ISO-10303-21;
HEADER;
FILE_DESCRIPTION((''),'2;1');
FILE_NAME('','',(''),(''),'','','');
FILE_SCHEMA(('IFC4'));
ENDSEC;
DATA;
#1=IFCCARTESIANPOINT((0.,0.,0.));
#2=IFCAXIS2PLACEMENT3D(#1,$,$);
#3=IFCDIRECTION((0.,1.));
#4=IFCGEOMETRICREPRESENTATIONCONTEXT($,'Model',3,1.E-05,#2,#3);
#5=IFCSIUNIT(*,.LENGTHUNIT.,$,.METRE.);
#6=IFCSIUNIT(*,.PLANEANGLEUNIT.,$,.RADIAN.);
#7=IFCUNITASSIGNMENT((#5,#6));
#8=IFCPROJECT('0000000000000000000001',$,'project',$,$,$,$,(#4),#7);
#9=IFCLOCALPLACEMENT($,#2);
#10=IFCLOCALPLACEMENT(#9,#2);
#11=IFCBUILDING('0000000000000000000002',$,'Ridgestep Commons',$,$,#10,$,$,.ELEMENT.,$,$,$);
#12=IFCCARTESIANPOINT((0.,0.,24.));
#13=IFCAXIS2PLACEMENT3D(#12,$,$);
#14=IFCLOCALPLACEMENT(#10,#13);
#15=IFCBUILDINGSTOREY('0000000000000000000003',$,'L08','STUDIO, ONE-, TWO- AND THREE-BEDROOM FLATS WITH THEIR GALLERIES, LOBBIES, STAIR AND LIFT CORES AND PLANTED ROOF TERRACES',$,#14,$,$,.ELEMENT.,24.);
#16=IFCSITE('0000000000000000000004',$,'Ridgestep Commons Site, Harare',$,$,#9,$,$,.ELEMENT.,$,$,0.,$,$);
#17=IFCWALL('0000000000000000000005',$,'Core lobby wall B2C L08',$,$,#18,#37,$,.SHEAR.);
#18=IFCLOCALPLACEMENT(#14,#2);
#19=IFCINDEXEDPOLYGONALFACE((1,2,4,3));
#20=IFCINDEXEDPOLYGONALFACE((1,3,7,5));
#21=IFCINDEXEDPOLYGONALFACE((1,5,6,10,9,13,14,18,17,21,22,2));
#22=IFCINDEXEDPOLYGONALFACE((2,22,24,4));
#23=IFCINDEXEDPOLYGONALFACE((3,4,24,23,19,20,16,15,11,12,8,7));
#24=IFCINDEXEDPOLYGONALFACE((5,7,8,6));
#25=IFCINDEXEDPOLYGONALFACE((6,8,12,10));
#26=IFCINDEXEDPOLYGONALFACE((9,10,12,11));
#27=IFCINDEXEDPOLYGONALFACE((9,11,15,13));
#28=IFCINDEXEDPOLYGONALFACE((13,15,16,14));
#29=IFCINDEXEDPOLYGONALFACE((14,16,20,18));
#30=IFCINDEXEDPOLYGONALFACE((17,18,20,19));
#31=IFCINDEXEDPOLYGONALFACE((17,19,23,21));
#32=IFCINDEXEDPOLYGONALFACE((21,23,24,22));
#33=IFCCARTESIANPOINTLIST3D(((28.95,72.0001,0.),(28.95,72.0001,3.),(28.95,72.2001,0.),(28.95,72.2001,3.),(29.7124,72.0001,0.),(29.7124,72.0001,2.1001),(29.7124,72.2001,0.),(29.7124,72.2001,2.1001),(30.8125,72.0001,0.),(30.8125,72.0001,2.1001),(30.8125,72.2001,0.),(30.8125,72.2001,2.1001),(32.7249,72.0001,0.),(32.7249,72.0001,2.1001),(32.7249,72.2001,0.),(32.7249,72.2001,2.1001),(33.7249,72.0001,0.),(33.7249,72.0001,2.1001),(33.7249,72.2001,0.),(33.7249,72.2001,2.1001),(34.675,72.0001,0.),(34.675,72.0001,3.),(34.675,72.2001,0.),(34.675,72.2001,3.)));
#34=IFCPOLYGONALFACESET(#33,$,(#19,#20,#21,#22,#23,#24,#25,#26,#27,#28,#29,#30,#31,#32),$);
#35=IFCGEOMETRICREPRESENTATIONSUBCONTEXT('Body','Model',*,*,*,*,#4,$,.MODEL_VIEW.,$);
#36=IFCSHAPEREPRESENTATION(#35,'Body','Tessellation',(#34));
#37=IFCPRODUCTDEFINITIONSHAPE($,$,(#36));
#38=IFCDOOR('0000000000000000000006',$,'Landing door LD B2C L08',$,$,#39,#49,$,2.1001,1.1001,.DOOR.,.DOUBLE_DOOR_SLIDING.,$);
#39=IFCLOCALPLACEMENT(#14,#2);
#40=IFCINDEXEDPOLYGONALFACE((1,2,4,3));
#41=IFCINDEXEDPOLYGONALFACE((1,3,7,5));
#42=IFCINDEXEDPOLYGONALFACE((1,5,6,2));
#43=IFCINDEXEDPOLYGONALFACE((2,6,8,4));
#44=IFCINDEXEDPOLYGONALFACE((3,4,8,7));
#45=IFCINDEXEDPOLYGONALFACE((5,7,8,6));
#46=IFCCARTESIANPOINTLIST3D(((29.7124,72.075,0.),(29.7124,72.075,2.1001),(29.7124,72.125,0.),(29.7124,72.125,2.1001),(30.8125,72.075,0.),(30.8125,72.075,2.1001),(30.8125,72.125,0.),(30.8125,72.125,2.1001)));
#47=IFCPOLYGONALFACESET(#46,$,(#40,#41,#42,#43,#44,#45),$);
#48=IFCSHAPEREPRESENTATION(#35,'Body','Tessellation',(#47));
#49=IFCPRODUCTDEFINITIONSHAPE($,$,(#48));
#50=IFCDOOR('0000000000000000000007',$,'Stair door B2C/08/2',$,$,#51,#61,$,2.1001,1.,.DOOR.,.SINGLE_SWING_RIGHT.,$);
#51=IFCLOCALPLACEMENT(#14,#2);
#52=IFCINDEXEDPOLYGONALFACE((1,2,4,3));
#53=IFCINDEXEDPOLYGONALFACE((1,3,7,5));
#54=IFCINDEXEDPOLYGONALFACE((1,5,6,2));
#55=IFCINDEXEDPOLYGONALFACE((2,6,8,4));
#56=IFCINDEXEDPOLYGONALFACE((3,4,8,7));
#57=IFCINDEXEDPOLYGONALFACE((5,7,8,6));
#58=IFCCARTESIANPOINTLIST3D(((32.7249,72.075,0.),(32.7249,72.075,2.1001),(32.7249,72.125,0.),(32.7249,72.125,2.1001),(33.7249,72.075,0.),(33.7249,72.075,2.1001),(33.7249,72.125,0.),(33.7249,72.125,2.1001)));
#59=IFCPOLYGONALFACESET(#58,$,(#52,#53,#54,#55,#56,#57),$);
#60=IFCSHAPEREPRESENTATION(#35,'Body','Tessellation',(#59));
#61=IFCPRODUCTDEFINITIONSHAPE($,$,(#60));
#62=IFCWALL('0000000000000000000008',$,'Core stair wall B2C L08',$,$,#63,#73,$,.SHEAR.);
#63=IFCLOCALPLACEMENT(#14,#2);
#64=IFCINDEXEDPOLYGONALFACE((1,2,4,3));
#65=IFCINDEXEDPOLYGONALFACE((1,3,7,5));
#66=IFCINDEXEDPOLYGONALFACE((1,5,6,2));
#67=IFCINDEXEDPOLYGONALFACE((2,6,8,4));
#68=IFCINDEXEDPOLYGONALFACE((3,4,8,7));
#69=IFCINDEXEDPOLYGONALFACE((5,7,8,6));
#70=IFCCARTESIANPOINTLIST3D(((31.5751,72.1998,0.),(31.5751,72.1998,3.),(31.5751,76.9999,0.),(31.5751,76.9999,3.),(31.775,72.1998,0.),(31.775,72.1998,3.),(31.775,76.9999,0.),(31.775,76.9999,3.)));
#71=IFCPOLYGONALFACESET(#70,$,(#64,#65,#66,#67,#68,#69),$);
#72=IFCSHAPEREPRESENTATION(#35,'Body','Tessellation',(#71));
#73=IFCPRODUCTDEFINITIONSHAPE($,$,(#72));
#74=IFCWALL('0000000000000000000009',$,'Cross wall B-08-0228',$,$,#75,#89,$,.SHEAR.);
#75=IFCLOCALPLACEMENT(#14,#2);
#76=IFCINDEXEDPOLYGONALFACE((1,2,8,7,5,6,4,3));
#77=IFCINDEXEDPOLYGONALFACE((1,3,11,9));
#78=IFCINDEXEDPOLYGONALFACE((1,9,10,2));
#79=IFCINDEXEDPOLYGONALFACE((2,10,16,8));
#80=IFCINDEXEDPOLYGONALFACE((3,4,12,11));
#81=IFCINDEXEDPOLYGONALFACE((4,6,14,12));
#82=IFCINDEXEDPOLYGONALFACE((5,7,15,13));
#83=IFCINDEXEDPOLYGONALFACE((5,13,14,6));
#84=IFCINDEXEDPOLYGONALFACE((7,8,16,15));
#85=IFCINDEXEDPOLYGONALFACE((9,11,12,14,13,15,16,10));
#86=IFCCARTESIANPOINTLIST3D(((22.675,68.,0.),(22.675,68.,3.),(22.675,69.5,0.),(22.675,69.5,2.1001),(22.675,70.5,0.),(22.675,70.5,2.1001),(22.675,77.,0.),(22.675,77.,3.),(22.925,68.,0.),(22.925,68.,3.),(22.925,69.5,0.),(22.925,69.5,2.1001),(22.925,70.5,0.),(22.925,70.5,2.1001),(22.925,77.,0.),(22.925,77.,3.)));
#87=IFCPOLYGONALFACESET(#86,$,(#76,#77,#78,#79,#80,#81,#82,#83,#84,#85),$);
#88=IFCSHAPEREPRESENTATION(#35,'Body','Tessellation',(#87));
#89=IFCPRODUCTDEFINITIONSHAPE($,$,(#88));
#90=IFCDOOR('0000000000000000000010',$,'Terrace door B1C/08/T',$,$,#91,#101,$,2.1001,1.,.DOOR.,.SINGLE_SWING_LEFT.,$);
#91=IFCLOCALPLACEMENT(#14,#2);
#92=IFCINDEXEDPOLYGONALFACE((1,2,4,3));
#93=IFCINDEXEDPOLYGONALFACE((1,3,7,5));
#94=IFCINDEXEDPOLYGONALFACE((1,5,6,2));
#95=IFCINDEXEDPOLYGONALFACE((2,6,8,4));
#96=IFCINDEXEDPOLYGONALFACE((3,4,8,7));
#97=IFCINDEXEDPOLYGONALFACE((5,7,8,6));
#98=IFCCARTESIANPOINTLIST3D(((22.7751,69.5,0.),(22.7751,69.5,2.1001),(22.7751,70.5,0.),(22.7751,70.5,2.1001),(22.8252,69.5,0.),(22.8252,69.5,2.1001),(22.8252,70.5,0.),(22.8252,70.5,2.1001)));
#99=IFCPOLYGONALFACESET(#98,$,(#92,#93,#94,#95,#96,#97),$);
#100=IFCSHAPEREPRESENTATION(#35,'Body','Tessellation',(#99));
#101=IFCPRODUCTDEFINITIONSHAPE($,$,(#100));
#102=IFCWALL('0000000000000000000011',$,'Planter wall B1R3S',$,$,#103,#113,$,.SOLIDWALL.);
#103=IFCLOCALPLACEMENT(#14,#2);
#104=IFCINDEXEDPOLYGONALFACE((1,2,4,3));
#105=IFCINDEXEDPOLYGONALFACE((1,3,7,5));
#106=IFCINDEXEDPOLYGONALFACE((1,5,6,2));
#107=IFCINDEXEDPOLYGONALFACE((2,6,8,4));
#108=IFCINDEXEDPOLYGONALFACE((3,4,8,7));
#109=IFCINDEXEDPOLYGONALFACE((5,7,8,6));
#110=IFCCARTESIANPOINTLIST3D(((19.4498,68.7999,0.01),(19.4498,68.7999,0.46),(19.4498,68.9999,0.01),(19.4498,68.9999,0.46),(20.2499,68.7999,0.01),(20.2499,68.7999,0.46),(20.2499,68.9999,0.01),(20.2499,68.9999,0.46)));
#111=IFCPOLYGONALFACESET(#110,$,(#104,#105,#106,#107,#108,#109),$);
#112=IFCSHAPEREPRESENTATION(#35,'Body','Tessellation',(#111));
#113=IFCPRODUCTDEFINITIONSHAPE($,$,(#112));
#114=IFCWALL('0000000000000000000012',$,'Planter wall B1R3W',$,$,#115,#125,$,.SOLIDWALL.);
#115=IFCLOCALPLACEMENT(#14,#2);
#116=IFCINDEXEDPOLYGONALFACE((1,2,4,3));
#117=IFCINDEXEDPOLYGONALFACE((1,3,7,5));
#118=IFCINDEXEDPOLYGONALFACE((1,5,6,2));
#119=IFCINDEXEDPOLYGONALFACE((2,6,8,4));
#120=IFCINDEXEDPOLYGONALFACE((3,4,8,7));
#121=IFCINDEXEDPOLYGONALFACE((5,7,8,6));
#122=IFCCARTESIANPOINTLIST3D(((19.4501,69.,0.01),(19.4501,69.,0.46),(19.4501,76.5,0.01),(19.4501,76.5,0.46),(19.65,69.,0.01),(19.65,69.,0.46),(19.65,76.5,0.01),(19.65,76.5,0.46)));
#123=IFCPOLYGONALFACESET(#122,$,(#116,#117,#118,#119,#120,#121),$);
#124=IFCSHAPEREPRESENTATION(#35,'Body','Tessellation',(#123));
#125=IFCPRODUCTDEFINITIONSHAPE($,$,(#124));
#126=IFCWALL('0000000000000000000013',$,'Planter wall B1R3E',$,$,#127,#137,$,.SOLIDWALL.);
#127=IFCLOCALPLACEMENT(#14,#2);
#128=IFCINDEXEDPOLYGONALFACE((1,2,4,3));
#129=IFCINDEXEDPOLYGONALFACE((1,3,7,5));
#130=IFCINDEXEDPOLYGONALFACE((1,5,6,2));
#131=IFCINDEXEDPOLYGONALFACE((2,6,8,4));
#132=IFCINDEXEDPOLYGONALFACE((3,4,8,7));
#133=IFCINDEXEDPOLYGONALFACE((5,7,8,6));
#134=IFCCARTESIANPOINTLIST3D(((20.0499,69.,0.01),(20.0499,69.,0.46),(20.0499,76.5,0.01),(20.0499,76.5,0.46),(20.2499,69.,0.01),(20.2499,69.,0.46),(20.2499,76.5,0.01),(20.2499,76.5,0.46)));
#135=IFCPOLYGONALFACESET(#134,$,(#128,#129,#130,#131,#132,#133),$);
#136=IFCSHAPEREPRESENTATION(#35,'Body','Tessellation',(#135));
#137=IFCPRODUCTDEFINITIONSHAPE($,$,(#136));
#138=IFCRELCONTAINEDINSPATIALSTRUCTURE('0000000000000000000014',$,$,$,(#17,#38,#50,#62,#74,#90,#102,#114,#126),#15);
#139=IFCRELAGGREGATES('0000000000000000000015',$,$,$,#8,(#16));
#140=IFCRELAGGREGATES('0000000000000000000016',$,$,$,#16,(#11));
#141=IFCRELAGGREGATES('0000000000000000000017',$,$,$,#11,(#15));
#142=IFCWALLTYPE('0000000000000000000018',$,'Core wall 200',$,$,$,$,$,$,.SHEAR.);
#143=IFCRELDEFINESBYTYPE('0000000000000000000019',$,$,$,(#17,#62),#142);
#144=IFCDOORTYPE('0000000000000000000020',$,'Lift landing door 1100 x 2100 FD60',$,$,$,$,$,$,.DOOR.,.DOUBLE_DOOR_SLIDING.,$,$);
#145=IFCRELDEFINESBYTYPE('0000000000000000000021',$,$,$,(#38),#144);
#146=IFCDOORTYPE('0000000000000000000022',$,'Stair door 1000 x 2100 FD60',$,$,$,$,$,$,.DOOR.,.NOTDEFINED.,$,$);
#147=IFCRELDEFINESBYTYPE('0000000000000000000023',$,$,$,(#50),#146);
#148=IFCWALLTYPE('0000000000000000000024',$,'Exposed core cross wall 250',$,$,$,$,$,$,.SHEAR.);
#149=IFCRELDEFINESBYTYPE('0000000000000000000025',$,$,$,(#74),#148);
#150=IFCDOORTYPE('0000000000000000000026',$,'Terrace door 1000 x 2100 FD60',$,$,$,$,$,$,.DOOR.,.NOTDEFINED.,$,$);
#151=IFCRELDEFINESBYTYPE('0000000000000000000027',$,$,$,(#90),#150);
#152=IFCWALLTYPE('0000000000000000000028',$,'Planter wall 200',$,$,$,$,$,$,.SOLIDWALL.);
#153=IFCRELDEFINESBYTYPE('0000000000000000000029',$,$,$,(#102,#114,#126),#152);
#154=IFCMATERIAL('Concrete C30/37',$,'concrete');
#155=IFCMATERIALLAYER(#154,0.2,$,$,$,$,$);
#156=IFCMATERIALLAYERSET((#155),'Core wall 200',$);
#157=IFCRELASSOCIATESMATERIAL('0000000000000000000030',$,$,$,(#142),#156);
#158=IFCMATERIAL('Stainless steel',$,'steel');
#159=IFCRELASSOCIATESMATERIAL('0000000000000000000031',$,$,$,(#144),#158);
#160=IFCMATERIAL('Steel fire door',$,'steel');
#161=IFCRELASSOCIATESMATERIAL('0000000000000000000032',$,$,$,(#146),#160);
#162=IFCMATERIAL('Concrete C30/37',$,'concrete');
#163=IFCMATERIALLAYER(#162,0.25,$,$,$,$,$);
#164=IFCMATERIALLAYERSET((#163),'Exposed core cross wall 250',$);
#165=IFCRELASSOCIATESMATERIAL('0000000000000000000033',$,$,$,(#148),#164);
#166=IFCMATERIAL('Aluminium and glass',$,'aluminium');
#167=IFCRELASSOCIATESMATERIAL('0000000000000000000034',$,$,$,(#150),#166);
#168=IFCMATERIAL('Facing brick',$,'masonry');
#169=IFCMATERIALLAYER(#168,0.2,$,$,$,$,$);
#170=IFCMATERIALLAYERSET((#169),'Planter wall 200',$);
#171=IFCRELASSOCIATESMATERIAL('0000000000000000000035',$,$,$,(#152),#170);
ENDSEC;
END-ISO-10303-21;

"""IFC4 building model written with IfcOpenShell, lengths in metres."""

from ifc_helpers import new_model, si_unit, direction, frame, frame_2d, origin, place, context, subcontext, project, spatial, rectangle, extrude, material, layer, layer_set, type_object, element, fill, save


model = new_model("IFC4")

# Units and contexts
model_context = context("Model", 3, precision=1e-05, world=origin(), true_north=direction((0.0, 1.0)))
body_context = subcontext(model_context, "Body", "Model", "MODEL_VIEW")
ifc_project = project(units=[si_unit("LENGTHUNIT", "METRE"), si_unit("PLANEANGLEUNIT", "RADIAN")], contexts=[model_context])

# Site, building, storey
site_placement = place(None, origin())
site = spatial("IfcSite", under=ifc_project, at=site_placement, Name="Ridgestep Commons Site, Harare", CompositionType="ELEMENT", RefElevation=0.0)
building_placement = place(site_placement, origin())
building = spatial("IfcBuilding", under=site, at=building_placement, Name="Ridgestep Commons", CompositionType="ELEMENT")
storey_placement = place(building_placement, frame((0.0, 0.0, 24.0)))
storey = spatial("IfcBuildingStorey", under=building, at=storey_placement, Name="L08", Description="STUDIO, ONE-, TWO- AND THREE-BEDROOM FLATS WITH THEIR GALLERIES, LOBBIES, STAIR AND LIFT CORES AND PLANTED ROOF TERRACES", CompositionType="ELEMENT", Elevation=24.0)

# Shared definitions
ifc_material_1 = material(Name="Concrete C30/37", Category="concrete")
ifc_layer_1 = layer(ifc_material_1, 0.2)
ifc_layer_set_1 = layer_set([ifc_layer_1], Name="Core wall 200")
wall_type_1 = type_object("IfcWallType", Name="Core wall 200", PredefinedType="SHEAR", material=ifc_layer_set_1)
ifc_material_2 = material(Name="Stainless steel", Category="steel")
door_type_1 = type_object("IfcDoorType", Name="Lift landing door 1100 x 2100 FD60", OperationType="DOUBLE_DOOR_SLIDING", PredefinedType="DOOR", material=ifc_material_2)
ifc_material_3 = material(Name="Steel fire door", Category="steel")
door_type_2 = type_object("IfcDoorType", Name="Stair door 1000 x 2100 FD60", OperationType="NOTDEFINED", PredefinedType="DOOR", material=ifc_material_3)

# Wall, openings, doors
wall_1_placement = place(storey_placement, frame((28.95, 72.1001, 0.0), z_axis=(0.0, 0.0, 1.0), x_axis=(1.0, 0.0, 0.0)))
wall_1 = element("IfcWall", 1, at=wall_1_placement, inside=storey, type_object=wall_type_1, Name="Core lobby wall B2C L08", PredefinedType="SHEAR", context=body_context, shape_type="SweptSolid", body=[
    extrude(rectangle(XDim=5.7251, YDim=0.2, at=frame_2d((2.8625, 0.0))), origin(), (0.0, 0.0, 1.0), 3.0),
])
opening_1_placement = place(wall_1_placement, frame((3.7749, 0.0, 0.0)))
opening_1 = element("IfcOpeningElement", 2, at=opening_1_placement, cuts=wall_1, PredefinedType="OPENING", context=body_context, shape_type="SweptSolid", body=[
    extrude(rectangle(XDim=1.0, YDim=2.1001, at=frame_2d((0.5, 1.05))), frame((0.0, 0.1099, 0.0), z_axis=(0.0, -1.0, 0.0), x_axis=(1.0, 0.0, 0.0)), (0.0, 0.0, 1.0), 0.22),
])
opening_2_placement = place(wall_1_placement, frame((0.7625, 0.0, 0.0)))
opening_2 = element("IfcOpeningElement", 3, at=opening_2_placement, cuts=wall_1, PredefinedType="OPENING", context=body_context, shape_type="SweptSolid", body=[
    extrude(rectangle(XDim=1.1001, YDim=2.1001, at=frame_2d((0.55, 1.05))), frame((0.0, 0.1099, 0.0), z_axis=(0.0, -1.0, 0.0), x_axis=(1.0, 0.0, 0.0)), (0.0, 0.0, 1.0), 0.22),
])
door_1_placement = place(opening_2_placement, origin())
door_1 = element("IfcDoor", 4, at=door_1_placement, inside=storey, type_object=door_type_1, Name="Landing door LD B2C L08", OperationType="DOUBLE_DOOR_SLIDING", OverallHeight=2.1001, OverallWidth=1.1001, PredefinedType="DOOR", context=body_context, shape_type="SweptSolid", body=[
    extrude(rectangle(XDim=1.1001, YDim=2.1001, at=frame_2d((0.55, 1.05))), frame((0.0, 0.0249, 0.0), z_axis=(0.0, -1.0, 0.0), x_axis=(1.0, 0.0, 0.0)), (0.0, 0.0, 1.0), 0.05),
])
fill(opening_2, door_1)
door_2_placement = place(opening_1_placement, origin())
door_2 = element("IfcDoor", 5, at=door_2_placement, inside=storey, type_object=door_type_2, Name="Stair door B2C/08/2", OperationType="SINGLE_SWING_RIGHT", OverallHeight=2.1001, OverallWidth=1.0, PredefinedType="DOOR", context=body_context, shape_type="SweptSolid", body=[
    extrude(rectangle(XDim=1.0, YDim=2.1001, at=frame_2d((0.5, 1.05))), frame((0.0, 0.0249, 0.0), z_axis=(0.0, -1.0, 0.0), x_axis=(1.0, 0.0, 0.0)), (0.0, 0.0, 1.0), 0.05),
])
fill(opening_1, door_2)

# Wall
wall_2_placement = place(storey_placement, frame((31.675, 72.2, 0.0), z_axis=(0.0, 0.0, 1.0), x_axis=(0.0, 1.0, 0.0)))
element("IfcWall", 6, at=wall_2_placement, inside=storey, type_object=wall_type_1, Name="Core stair wall B2C L08", PredefinedType="SHEAR", context=body_context, shape_type="SweptSolid", body=[
    extrude(rectangle(XDim=4.8, YDim=0.2, at=frame_2d((2.3999, 0.0))), origin(), (0.0, 0.0, 1.0), 3.0),
])

# Wall, opening, door
ifc_material_4 = material(Name="Concrete C30/37", Category="concrete")
ifc_layer_2 = layer(ifc_material_4, 0.25)
ifc_layer_set_2 = layer_set([ifc_layer_2], Name="Exposed core cross wall 250")
wall_type_2 = type_object("IfcWallType", Name="Exposed core cross wall 250", PredefinedType="SHEAR", material=ifc_layer_set_2)
wall_3_placement = place(storey_placement, frame((22.8, 68.0, 0.0), z_axis=(0.0, 0.0, 1.0), x_axis=(0.0, 1.0, 0.0)))
wall_3 = element("IfcWall", 7, at=wall_3_placement, inside=storey, type_object=wall_type_2, Name="Cross wall B-08-0228", PredefinedType="SHEAR", context=body_context, shape_type="SweptSolid", body=[
    extrude(rectangle(XDim=9.0, YDim=0.25, at=frame_2d((4.5, 0.0))), origin(), (0.0, 0.0, 1.0), 3.0),
])
opening_3_placement = place(wall_3_placement, frame((1.5, 0.0, 0.0)))
opening_3 = element("IfcOpeningElement", 8, at=opening_3_placement, cuts=wall_3, PredefinedType="OPENING", context=body_context, shape_type="SweptSolid", body=[
    extrude(rectangle(XDim=1.0, YDim=2.1001, at=frame_2d((0.5, 1.05))), frame((0.0, 0.135, 0.0), z_axis=(0.0, -1.0, 0.0), x_axis=(1.0, 0.0, 0.0)), (0.0, 0.0, 1.0), 0.27),
])
ifc_material_5 = material(Name="Aluminium and glass", Category="aluminium")
door_type_3 = type_object("IfcDoorType", Name="Terrace door 1000 x 2100 FD60", OperationType="NOTDEFINED", PredefinedType="DOOR", material=ifc_material_5)
door_3_placement = place(opening_3_placement, origin())
door_3 = element("IfcDoor", 9, at=door_3_placement, inside=storey, type_object=door_type_3, Name="Terrace door B1C/08/T", OperationType="SINGLE_SWING_LEFT", OverallHeight=2.1001, OverallWidth=1.0, PredefinedType="DOOR", context=body_context, shape_type="SweptSolid", body=[
    extrude(rectangle(XDim=1.0, YDim=2.1001, at=frame_2d((0.5, 1.05))), frame((0.0, 0.0249, 0.0), z_axis=(0.0, -1.0, 0.0), x_axis=(1.0, 0.0, 0.0)), (0.0, 0.0, 1.0), 0.05),
])
fill(opening_3, door_3)

# Walls
ifc_material_6 = material(Name="Facing brick", Category="masonry")
ifc_layer_3 = layer(ifc_material_6, 0.2)
ifc_layer_set_3 = layer_set([ifc_layer_3], Name="Planter wall 200")
wall_type_3 = type_object("IfcWallType", Name="Planter wall 200", PredefinedType="SOLIDWALL", material=ifc_layer_set_3)
wall_4_placement = place(storey_placement, frame((19.45, 68.8999, 0.01), z_axis=(0.0, 0.0, 1.0), x_axis=(1.0, 0.0, 0.0)))
element("IfcWall", 10, at=wall_4_placement, inside=storey, type_object=wall_type_3, Name="Planter wall B1R3S", PredefinedType="SOLIDWALL", context=body_context, shape_type="SweptSolid", body=[
    extrude(rectangle(XDim=0.8, YDim=0.2, at=frame_2d((0.3999, 0.0))), origin(), (0.0, 0.0, 1.0), 0.45),
])
for number, where, z_axis, x_axis, name in (
    (11, (19.55, 69.0, 0.01), (0.0, 0.0, 1.0), (0.0, 1.0, 0.0), "Planter wall B1R3W"),
    (12, (20.1499, 69.0, 0.01), (0.0, 0.0, 1.0), (0.0, 1.0, 0.0), "Planter wall B1R3E"),
):
    element("IfcWall", number, at=place(storey_placement, frame(where, z_axis=z_axis, x_axis=x_axis)), inside=storey, type_object=wall_type_3, Name=name, PredefinedType="SOLIDWALL", context=body_context, shape_type="SweptSolid", body=[
        extrude(rectangle(XDim=7.5, YDim=0.2, at=frame_2d((3.75, 0.0))), origin(), (0.0, 0.0, 1.0), 0.45),
    ])

save(model, "model.ifc")
